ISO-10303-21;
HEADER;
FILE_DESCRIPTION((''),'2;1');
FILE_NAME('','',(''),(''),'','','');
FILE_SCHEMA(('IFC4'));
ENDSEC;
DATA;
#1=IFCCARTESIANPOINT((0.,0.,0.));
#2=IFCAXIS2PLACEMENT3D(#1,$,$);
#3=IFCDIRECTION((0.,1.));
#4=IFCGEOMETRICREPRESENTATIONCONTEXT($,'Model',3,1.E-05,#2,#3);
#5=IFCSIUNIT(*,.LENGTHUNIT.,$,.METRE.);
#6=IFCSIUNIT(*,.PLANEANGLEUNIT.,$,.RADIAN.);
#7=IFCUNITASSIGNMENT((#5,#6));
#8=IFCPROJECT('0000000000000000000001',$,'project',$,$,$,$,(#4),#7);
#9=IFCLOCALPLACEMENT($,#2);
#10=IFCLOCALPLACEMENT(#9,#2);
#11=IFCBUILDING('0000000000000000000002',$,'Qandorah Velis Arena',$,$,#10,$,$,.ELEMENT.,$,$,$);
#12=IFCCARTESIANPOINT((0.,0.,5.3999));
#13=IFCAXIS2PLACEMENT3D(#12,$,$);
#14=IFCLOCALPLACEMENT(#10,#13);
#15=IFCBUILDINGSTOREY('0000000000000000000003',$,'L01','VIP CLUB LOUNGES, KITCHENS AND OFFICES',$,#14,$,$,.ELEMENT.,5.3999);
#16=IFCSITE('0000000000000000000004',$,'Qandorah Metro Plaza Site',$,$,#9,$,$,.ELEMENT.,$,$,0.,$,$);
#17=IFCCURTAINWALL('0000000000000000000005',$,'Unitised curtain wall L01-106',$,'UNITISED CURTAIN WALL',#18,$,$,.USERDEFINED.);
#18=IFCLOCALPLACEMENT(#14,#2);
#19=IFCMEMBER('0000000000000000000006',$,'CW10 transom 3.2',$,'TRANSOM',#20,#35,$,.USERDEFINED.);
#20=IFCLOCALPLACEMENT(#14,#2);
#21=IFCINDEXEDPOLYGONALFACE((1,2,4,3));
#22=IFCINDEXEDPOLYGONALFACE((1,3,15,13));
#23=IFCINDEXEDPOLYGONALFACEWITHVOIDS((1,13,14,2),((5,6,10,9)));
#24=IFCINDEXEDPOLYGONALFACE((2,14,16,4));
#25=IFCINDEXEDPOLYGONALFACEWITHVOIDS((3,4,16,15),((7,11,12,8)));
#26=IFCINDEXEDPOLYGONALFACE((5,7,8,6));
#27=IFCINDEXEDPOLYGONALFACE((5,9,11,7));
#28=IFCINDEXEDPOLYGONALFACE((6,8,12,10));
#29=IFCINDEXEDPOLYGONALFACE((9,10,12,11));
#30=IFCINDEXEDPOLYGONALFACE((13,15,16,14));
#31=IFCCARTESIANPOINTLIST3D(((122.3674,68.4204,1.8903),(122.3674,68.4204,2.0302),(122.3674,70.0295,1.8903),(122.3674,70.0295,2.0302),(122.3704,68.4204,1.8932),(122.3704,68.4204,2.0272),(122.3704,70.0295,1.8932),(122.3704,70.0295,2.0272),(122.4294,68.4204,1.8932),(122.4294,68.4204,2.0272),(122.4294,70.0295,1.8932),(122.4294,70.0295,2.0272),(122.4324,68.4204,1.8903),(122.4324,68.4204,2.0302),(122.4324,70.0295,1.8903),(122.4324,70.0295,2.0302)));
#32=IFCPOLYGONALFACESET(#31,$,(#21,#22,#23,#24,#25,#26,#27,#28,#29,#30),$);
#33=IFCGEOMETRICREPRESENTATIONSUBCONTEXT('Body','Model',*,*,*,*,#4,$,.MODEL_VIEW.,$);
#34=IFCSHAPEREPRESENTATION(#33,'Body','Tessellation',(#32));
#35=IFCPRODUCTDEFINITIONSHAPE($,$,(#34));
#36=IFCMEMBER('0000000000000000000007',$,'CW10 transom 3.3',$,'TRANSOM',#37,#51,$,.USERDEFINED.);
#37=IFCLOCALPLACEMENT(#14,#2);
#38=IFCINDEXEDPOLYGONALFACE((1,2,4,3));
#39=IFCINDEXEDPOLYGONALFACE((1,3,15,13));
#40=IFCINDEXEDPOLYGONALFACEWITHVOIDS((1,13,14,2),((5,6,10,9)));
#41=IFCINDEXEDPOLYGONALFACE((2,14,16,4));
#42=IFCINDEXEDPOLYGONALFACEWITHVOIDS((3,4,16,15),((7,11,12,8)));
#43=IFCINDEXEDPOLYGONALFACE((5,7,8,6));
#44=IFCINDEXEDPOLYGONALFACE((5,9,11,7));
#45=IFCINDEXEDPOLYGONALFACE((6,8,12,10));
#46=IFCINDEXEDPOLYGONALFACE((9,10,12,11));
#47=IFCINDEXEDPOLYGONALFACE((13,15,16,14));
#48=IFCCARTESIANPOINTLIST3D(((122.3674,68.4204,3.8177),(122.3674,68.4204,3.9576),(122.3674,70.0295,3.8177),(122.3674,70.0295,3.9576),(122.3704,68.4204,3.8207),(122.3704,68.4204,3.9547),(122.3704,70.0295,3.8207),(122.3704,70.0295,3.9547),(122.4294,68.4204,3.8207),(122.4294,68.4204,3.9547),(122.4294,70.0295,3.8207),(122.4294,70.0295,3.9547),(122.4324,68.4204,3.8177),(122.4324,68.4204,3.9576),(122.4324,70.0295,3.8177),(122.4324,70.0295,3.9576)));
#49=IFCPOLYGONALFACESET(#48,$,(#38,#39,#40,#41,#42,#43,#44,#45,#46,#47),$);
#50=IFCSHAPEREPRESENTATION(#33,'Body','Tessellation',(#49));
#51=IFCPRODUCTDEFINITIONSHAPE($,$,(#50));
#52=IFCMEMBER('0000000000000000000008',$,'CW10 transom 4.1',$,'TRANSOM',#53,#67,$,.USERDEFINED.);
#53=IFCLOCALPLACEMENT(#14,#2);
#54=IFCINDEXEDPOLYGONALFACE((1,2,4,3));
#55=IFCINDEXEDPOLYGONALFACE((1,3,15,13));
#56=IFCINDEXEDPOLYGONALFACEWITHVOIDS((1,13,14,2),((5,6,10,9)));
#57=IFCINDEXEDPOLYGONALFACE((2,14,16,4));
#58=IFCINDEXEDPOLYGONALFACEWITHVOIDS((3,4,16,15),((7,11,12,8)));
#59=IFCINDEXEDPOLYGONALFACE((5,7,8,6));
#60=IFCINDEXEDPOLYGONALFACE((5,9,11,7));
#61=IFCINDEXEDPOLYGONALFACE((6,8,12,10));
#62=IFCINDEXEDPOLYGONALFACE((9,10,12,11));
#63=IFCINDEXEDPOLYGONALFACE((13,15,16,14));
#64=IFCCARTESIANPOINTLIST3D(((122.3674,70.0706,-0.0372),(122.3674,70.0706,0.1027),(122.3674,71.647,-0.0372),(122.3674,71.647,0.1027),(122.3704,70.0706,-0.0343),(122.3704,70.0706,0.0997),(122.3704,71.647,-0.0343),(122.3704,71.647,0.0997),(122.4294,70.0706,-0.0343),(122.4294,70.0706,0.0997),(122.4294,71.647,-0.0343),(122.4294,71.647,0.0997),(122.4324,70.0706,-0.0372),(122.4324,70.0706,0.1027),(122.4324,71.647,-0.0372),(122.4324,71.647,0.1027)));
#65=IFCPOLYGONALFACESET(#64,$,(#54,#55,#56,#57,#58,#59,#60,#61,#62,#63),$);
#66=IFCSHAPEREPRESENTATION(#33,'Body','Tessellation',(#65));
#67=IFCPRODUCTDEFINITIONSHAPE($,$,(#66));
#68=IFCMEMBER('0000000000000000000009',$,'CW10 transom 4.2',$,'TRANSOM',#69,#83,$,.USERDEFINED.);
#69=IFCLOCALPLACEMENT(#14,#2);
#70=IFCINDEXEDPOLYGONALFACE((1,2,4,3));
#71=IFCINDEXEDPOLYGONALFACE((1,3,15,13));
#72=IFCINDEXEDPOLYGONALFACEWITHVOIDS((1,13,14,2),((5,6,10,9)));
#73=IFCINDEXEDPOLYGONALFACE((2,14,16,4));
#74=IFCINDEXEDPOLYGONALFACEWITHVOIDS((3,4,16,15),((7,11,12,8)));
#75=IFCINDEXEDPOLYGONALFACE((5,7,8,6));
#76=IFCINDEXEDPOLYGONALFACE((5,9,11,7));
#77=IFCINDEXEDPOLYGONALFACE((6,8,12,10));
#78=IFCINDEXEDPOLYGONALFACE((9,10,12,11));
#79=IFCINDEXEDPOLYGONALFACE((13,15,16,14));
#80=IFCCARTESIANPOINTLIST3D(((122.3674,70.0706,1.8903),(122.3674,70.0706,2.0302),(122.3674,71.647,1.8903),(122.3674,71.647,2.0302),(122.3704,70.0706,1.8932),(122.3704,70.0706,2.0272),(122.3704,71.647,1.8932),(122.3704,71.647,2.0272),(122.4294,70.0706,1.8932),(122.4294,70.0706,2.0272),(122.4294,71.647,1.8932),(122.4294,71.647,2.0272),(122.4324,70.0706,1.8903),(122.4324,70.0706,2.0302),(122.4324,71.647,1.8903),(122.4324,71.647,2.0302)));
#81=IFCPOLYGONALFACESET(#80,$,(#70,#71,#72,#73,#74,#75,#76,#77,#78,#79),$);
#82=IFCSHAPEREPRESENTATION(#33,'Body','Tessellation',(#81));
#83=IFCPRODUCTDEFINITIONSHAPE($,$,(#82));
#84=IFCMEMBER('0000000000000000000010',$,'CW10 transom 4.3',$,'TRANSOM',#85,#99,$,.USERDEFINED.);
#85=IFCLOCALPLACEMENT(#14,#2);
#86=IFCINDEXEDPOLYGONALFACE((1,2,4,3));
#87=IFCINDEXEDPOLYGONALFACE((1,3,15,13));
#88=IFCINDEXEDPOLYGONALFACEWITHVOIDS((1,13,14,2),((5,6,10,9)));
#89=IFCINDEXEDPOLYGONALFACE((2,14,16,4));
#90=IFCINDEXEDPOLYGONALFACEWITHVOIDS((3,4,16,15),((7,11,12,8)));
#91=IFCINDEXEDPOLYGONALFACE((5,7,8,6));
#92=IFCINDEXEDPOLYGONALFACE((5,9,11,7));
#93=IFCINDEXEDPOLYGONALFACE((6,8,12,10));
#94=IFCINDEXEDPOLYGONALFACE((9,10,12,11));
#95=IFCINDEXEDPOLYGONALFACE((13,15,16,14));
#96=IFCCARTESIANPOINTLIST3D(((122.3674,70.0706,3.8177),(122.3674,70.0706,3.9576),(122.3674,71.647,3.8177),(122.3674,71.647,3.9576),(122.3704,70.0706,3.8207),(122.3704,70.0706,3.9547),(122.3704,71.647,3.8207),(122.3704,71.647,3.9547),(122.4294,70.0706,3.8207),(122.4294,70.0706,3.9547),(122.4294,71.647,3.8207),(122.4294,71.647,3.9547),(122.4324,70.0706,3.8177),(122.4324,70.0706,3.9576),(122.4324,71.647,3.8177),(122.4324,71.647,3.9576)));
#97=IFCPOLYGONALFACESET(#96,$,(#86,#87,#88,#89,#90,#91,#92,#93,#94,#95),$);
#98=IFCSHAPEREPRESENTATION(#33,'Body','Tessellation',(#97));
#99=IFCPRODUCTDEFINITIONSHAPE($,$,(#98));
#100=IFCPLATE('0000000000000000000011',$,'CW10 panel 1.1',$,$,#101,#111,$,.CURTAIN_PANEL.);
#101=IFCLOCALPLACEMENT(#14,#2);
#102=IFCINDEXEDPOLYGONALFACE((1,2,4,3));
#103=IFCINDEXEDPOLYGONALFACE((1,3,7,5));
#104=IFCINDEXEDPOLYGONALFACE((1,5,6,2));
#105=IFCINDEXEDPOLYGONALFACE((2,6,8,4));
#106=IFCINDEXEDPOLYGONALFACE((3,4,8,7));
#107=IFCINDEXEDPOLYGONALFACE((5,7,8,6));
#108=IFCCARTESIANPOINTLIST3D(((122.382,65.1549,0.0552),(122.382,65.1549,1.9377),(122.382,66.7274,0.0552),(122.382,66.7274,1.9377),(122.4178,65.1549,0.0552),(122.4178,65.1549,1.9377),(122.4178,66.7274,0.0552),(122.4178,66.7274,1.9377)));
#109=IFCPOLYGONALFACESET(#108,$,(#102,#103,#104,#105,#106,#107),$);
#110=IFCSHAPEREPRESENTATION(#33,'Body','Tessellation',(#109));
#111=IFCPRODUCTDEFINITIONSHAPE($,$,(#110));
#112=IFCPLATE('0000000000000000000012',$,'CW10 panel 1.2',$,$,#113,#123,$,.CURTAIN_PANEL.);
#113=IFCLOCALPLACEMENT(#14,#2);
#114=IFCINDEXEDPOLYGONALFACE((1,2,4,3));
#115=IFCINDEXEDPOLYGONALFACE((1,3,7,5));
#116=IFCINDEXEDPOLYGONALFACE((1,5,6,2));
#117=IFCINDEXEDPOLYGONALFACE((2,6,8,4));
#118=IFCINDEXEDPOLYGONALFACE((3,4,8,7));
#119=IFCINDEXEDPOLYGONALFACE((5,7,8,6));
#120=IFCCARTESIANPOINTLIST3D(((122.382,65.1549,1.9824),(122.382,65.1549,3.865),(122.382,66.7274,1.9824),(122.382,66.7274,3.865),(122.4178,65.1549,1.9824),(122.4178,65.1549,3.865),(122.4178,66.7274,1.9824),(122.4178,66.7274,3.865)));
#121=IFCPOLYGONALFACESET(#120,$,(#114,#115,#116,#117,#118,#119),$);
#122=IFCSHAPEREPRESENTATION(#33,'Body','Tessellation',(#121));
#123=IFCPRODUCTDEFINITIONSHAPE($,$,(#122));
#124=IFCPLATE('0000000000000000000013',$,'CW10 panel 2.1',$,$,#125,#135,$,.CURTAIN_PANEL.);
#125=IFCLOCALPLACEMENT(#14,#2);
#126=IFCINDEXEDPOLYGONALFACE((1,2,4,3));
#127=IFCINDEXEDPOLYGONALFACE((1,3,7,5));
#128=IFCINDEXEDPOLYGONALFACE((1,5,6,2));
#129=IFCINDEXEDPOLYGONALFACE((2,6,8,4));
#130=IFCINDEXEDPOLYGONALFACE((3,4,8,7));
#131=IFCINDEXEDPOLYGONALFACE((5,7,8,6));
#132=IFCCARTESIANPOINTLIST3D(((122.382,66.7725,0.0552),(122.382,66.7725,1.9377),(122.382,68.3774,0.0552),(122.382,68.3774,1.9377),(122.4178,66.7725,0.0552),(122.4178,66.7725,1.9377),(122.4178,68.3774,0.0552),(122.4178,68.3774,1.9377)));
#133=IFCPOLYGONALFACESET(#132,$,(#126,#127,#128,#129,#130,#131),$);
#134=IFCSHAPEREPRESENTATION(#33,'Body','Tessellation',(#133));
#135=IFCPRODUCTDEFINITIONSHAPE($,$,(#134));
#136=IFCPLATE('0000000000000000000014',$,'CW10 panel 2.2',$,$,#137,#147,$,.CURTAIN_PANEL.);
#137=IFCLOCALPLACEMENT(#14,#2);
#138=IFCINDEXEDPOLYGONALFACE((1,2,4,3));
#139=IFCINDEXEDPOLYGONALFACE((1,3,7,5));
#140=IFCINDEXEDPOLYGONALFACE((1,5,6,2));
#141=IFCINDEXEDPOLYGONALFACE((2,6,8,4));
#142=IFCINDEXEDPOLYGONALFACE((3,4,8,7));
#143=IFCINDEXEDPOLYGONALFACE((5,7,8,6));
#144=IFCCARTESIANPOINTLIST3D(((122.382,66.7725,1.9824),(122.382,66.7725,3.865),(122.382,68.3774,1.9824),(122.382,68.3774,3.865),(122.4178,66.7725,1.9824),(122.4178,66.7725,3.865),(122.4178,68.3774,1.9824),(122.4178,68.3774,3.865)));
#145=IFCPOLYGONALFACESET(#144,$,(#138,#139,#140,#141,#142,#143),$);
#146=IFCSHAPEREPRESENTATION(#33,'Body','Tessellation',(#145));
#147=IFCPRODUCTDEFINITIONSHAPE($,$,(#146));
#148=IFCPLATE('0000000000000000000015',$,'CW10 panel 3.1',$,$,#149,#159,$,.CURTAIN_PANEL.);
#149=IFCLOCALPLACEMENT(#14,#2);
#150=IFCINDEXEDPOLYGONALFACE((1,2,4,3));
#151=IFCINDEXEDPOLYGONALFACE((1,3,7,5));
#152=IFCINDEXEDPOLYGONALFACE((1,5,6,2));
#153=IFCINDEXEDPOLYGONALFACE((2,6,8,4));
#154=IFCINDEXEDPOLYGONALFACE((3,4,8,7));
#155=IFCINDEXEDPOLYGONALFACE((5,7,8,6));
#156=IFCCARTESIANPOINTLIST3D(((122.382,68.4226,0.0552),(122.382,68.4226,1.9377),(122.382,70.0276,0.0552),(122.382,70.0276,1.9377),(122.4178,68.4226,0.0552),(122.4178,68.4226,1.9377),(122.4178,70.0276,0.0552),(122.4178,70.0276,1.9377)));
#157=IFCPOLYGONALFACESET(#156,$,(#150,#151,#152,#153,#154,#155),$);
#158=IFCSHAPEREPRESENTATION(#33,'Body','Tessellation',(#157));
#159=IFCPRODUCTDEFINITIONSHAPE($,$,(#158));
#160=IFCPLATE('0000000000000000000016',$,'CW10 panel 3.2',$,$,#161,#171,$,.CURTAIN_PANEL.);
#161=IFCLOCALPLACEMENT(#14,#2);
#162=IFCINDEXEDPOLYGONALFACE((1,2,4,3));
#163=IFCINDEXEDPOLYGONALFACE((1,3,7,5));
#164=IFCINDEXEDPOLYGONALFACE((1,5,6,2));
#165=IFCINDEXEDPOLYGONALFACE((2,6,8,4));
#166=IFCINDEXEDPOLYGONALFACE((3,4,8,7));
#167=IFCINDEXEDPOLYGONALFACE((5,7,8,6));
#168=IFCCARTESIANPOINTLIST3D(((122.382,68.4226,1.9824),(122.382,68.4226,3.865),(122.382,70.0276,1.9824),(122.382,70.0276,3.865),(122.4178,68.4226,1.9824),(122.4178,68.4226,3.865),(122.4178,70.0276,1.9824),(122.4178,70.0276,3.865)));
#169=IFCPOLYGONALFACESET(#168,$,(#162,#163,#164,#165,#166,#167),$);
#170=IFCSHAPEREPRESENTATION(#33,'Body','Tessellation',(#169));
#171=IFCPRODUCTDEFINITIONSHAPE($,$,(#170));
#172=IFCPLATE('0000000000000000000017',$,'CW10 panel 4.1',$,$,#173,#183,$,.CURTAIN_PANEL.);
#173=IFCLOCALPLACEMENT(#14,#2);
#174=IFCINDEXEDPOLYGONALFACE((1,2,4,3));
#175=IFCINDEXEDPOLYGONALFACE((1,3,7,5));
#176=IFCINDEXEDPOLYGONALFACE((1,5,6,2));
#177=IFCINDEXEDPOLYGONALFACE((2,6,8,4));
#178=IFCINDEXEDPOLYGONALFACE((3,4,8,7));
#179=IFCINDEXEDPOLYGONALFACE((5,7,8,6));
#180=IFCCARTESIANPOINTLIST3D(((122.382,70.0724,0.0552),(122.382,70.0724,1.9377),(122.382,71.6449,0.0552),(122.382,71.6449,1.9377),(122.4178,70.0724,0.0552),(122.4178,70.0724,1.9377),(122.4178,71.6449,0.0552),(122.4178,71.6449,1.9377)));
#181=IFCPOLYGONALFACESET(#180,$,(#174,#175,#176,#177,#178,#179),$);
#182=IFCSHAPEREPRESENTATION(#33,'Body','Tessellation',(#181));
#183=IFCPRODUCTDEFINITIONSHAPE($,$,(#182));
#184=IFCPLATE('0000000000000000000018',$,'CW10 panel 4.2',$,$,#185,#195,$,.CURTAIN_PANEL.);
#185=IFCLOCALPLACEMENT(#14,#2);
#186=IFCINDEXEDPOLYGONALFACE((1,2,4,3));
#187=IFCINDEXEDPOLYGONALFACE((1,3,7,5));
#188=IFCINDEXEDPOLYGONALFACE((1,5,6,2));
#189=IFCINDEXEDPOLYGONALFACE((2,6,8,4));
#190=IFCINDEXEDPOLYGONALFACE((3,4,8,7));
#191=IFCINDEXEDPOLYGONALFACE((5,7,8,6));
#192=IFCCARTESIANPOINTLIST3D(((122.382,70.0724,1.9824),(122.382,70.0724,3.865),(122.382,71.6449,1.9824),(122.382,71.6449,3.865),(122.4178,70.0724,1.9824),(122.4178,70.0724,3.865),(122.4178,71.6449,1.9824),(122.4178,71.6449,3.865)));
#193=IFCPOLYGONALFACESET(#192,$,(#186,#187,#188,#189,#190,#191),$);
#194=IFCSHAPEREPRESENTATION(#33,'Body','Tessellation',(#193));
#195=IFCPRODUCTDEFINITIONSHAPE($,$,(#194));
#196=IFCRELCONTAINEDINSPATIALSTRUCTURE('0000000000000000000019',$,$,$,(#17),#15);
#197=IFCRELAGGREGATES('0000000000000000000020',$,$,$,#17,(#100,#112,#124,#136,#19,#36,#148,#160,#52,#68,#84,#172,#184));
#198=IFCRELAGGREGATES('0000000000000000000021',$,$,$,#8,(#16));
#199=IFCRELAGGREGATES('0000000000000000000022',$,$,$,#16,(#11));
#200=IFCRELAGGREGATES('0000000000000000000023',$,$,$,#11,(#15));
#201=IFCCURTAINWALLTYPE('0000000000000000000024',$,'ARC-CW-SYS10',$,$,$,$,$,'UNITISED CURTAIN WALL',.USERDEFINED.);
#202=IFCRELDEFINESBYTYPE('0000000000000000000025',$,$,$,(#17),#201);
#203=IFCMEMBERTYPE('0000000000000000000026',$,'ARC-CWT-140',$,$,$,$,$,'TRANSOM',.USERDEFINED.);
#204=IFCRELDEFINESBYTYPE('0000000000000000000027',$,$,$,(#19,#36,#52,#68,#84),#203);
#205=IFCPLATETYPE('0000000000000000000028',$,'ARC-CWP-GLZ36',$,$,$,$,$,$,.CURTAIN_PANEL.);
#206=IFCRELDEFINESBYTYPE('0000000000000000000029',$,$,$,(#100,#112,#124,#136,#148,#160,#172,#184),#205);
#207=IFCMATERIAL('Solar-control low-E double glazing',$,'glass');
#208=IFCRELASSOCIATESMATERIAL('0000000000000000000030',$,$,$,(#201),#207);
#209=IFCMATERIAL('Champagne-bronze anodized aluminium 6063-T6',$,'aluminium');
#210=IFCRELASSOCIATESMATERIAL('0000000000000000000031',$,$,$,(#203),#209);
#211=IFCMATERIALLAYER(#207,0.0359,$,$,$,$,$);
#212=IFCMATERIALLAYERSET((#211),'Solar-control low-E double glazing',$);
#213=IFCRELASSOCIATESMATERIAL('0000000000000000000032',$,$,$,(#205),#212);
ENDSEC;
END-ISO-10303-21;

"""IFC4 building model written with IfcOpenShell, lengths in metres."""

from ifc_helpers import new_model, si_unit, direction, frame, origin, origin_2d, place, context, subcontext, project, spatial, rectangle, hollow_rectangle, extrude, material, layer, layer_set, material_profile, profile_set, type_object, element, aggregate, save


model = new_model("IFC4")

# Units and contexts
model_context = context("Model", 3, precision=1e-05, world=origin(), true_north=direction((0.0, 1.0)))
body_context = subcontext(model_context, "Body", "Model", "MODEL_VIEW")
ifc_project = project(units=[si_unit("LENGTHUNIT", "METRE"), si_unit("PLANEANGLEUNIT", "RADIAN")], contexts=[model_context])

# Site, building, storey
site_placement = place(None, origin())
site = spatial("IfcSite", under=ifc_project, at=site_placement, Name="Qandorah Metro Plaza Site", CompositionType="ELEMENT", RefElevation=0.0)
building_placement = place(site_placement, origin())
building = spatial("IfcBuilding", under=site, at=building_placement, Name="Qandorah Velis Arena", CompositionType="ELEMENT")
storey_placement = place(building_placement, frame((0.0, 0.0, 5.3999)))
storey = spatial("IfcBuildingStorey", under=building, at=storey_placement, Name="L01", Description="VIP CLUB LOUNGES, KITCHENS AND OFFICES", CompositionType="ELEMENT", Elevation=5.3999)

# Shared definitions
ifc_material_1 = material(Name="Solar-control low-E double glazing", Category="glass")
ifc_material_2 = material(Name="Champagne-bronze anodized aluminium 6063-T6", Category="aluminium")

# Curtain wall
curtain_wall_type_1 = type_object("IfcCurtainWallType", Name="ARC-CW-SYS10", ElementType="UNITISED CURTAIN WALL", PredefinedType="USERDEFINED", material=ifc_material_1)
curtain_wall_1_placement = place(storey_placement, origin())
curtain_wall_1 = element("IfcCurtainWall", 1, at=curtain_wall_1_placement, inside=storey, type_object=curtain_wall_type_1, Name="Unitised curtain wall L01-106", ObjectType="UNITISED CURTAIN WALL", PredefinedType="USERDEFINED")

# Members
ifc_material_profile_1 = material_profile(ifc_material_2, hollow_rectangle(XDim=0.0649, YDim=0.1399, WallThickness=0.0029, at=origin_2d()), Name="ALU TRANSOM 65x140")
ifc_profile_set_1 = profile_set([ifc_material_profile_1], Name="Champagne-bronze anodized aluminium 6063-T6")
member_type_1 = type_object("IfcMemberType", Name="ARC-CWT-140", ElementType="TRANSOM", PredefinedType="USERDEFINED", material=ifc_profile_set_1)
member_1_placement = place(storey_placement, frame((122.3999, 68.4204, 1.9602), z_axis=(0.0, 1.0, 0.0), x_axis=(-1.0, 0.0, 0.0)))
member_1 = element("IfcMember", 2, at=member_1_placement, type_object=member_type_1, Name="CW10 transom 3.2", ObjectType="TRANSOM", PredefinedType="USERDEFINED", context=body_context, shape_type="SweptSolid", body=[
    extrude(hollow_rectangle(XDim=0.0649, YDim=0.1399, WallThickness=0.0029, at=origin_2d()), origin(), (0.0, 0.0, 1.0), 1.6091),
])
member_2_placement = place(storey_placement, frame((122.3999, 68.4204, 3.8877), z_axis=(0.0, 1.0, 0.0), x_axis=(-1.0, 0.0, 0.0)))
member_2 = element("IfcMember", 3, at=member_2_placement, type_object=member_type_1, Name="CW10 transom 3.3", ObjectType="TRANSOM", PredefinedType="USERDEFINED", context=body_context, shape_type="SweptSolid", body=[
    extrude(hollow_rectangle(XDim=0.0649, YDim=0.1399, WallThickness=0.0029, at=origin_2d()), origin(), (0.0, 0.0, 1.0), 1.6091),
])
member_3_placement = place(storey_placement, frame((122.3999, 70.0706, 0.0327), z_axis=(0.0, 1.0, 0.0), x_axis=(-1.0, 0.0, 0.0)))
member_3 = element("IfcMember", 4, at=member_3_placement, type_object=member_type_1, Name="CW10 transom 4.1", ObjectType="TRANSOM", PredefinedType="USERDEFINED", context=body_context, shape_type="SweptSolid", body=[
    extrude(hollow_rectangle(XDim=0.0649, YDim=0.1399, WallThickness=0.0029, at=origin_2d()), origin(), (0.0, 0.0, 1.0), 1.5764),
])
member_4_placement = place(storey_placement, frame((122.3999, 70.0706, 1.9602), z_axis=(0.0, 1.0, 0.0), x_axis=(-1.0, 0.0, 0.0)))
member_4 = element("IfcMember", 5, at=member_4_placement, type_object=member_type_1, Name="CW10 transom 4.2", ObjectType="TRANSOM", PredefinedType="USERDEFINED", context=body_context, shape_type="SweptSolid", body=[
    extrude(hollow_rectangle(XDim=0.0649, YDim=0.1399, WallThickness=0.0029, at=origin_2d()), origin(), (0.0, 0.0, 1.0), 1.5764),
])
member_5_placement = place(storey_placement, frame((122.3999, 70.0706, 3.8877), z_axis=(0.0, 1.0, 0.0), x_axis=(-1.0, 0.0, 0.0)))
member_5 = element("IfcMember", 6, at=member_5_placement, type_object=member_type_1, Name="CW10 transom 4.3", ObjectType="TRANSOM", PredefinedType="USERDEFINED", context=body_context, shape_type="SweptSolid", body=[
    extrude(hollow_rectangle(XDim=0.0649, YDim=0.1399, WallThickness=0.0029, at=origin_2d()), origin(), (0.0, 0.0, 1.0), 1.5764),
])

# Plates
ifc_layer = layer(ifc_material_1, 0.0359)
ifc_layer_set = layer_set([ifc_layer], Name="Solar-control low-E double glazing")
plate_type = type_object("IfcPlateType", Name="ARC-CWP-GLZ36", PredefinedType="CURTAIN_PANEL", material=ifc_layer_set)
plate_1_placement = place(storey_placement, frame((122.3999, 65.9412, 0.0552), z_axis=(0.0, 0.0, 1.0), x_axis=(0.0, 1.0, 0.0)))
plate_1 = element("IfcPlate", 7, at=plate_1_placement, type_object=plate_type, Name="CW10 panel 1.1", PredefinedType="CURTAIN_PANEL", context=body_context, shape_type="SweptSolid", body=[
    extrude(rectangle(XDim=1.5725, YDim=0.0359, at=origin_2d()), origin(), (0.0, 0.0, 1.0), 1.8826),
])
plate_2_placement = place(storey_placement, frame((122.3999, 65.9412, 1.9824), z_axis=(0.0, 0.0, 1.0), x_axis=(0.0, 1.0, 0.0)))
plate_2 = element("IfcPlate", 8, at=plate_2_placement, type_object=plate_type, Name="CW10 panel 1.2", PredefinedType="CURTAIN_PANEL", context=body_context, shape_type="SweptSolid", body=[
    extrude(rectangle(XDim=1.5725, YDim=0.0359, at=origin_2d()), origin(), (0.0, 0.0, 1.0), 1.8826),
])
plate_3_placement = place(storey_placement, frame((122.3999, 67.575, 0.0552), z_axis=(0.0, 0.0, 1.0), x_axis=(0.0, 1.0, 0.0)))
plate_3 = element("IfcPlate", 9, at=plate_3_placement, type_object=plate_type, Name="CW10 panel 2.1", PredefinedType="CURTAIN_PANEL", context=body_context, shape_type="SweptSolid", body=[
    extrude(rectangle(XDim=1.605, YDim=0.0359, at=origin_2d()), origin(), (0.0, 0.0, 1.0), 1.8826),
])
plate_4_placement = place(storey_placement, frame((122.3999, 67.575, 1.9824), z_axis=(0.0, 0.0, 1.0), x_axis=(0.0, 1.0, 0.0)))
plate_4 = element("IfcPlate", 10, at=plate_4_placement, type_object=plate_type, Name="CW10 panel 2.2", PredefinedType="CURTAIN_PANEL", context=body_context, shape_type="SweptSolid", body=[
    extrude(rectangle(XDim=1.605, YDim=0.0359, at=origin_2d()), origin(), (0.0, 0.0, 1.0), 1.8826),
])
plate_5_placement = place(storey_placement, frame((122.3999, 69.2251, 0.0552), z_axis=(0.0, 0.0, 1.0), x_axis=(0.0, 1.0, 0.0)))
plate_5 = element("IfcPlate", 11, at=plate_5_placement, type_object=plate_type, Name="CW10 panel 3.1", PredefinedType="CURTAIN_PANEL", context=body_context, shape_type="SweptSolid", body=[
    extrude(rectangle(XDim=1.605, YDim=0.0359, at=origin_2d()), origin(), (0.0, 0.0, 1.0), 1.8826),
])
plate_6_placement = place(storey_placement, frame((122.3999, 69.2251, 1.9824), z_axis=(0.0, 0.0, 1.0), x_axis=(0.0, 1.0, 0.0)))
plate_6 = element("IfcPlate", 12, at=plate_6_placement, type_object=plate_type, Name="CW10 panel 3.2", PredefinedType="CURTAIN_PANEL", context=body_context, shape_type="SweptSolid", body=[
    extrude(rectangle(XDim=1.605, YDim=0.0359, at=origin_2d()), origin(), (0.0, 0.0, 1.0), 1.8826),
])
plate_7_placement = place(storey_placement, frame((122.3999, 70.8586, 0.0552), z_axis=(0.0, 0.0, 1.0), x_axis=(0.0, 1.0, 0.0)))
plate_7 = element("IfcPlate", 13, at=plate_7_placement, type_object=plate_type, Name="CW10 panel 4.1", PredefinedType="CURTAIN_PANEL", context=body_context, shape_type="SweptSolid", body=[
    extrude(rectangle(XDim=1.5725, YDim=0.0359, at=origin_2d()), origin(), (0.0, 0.0, 1.0), 1.8826),
])
plate_8_placement = place(storey_placement, frame((122.3999, 70.8586, 1.9824), z_axis=(0.0, 0.0, 1.0), x_axis=(0.0, 1.0, 0.0)))
plate_8 = element("IfcPlate", 14, at=plate_8_placement, type_object=plate_type, Name="CW10 panel 4.2", PredefinedType="CURTAIN_PANEL", context=body_context, shape_type="SweptSolid", body=[
    extrude(rectangle(XDim=1.5725, YDim=0.0359, at=origin_2d()), origin(), (0.0, 0.0, 1.0), 1.8826),
])
aggregate(curtain_wall_1, [plate_1, plate_2, plate_3, plate_4, member_1, member_2, plate_5, plate_6, member_3, member_4, member_5, plate_7, plate_8])

save(model, "model.ifc")
